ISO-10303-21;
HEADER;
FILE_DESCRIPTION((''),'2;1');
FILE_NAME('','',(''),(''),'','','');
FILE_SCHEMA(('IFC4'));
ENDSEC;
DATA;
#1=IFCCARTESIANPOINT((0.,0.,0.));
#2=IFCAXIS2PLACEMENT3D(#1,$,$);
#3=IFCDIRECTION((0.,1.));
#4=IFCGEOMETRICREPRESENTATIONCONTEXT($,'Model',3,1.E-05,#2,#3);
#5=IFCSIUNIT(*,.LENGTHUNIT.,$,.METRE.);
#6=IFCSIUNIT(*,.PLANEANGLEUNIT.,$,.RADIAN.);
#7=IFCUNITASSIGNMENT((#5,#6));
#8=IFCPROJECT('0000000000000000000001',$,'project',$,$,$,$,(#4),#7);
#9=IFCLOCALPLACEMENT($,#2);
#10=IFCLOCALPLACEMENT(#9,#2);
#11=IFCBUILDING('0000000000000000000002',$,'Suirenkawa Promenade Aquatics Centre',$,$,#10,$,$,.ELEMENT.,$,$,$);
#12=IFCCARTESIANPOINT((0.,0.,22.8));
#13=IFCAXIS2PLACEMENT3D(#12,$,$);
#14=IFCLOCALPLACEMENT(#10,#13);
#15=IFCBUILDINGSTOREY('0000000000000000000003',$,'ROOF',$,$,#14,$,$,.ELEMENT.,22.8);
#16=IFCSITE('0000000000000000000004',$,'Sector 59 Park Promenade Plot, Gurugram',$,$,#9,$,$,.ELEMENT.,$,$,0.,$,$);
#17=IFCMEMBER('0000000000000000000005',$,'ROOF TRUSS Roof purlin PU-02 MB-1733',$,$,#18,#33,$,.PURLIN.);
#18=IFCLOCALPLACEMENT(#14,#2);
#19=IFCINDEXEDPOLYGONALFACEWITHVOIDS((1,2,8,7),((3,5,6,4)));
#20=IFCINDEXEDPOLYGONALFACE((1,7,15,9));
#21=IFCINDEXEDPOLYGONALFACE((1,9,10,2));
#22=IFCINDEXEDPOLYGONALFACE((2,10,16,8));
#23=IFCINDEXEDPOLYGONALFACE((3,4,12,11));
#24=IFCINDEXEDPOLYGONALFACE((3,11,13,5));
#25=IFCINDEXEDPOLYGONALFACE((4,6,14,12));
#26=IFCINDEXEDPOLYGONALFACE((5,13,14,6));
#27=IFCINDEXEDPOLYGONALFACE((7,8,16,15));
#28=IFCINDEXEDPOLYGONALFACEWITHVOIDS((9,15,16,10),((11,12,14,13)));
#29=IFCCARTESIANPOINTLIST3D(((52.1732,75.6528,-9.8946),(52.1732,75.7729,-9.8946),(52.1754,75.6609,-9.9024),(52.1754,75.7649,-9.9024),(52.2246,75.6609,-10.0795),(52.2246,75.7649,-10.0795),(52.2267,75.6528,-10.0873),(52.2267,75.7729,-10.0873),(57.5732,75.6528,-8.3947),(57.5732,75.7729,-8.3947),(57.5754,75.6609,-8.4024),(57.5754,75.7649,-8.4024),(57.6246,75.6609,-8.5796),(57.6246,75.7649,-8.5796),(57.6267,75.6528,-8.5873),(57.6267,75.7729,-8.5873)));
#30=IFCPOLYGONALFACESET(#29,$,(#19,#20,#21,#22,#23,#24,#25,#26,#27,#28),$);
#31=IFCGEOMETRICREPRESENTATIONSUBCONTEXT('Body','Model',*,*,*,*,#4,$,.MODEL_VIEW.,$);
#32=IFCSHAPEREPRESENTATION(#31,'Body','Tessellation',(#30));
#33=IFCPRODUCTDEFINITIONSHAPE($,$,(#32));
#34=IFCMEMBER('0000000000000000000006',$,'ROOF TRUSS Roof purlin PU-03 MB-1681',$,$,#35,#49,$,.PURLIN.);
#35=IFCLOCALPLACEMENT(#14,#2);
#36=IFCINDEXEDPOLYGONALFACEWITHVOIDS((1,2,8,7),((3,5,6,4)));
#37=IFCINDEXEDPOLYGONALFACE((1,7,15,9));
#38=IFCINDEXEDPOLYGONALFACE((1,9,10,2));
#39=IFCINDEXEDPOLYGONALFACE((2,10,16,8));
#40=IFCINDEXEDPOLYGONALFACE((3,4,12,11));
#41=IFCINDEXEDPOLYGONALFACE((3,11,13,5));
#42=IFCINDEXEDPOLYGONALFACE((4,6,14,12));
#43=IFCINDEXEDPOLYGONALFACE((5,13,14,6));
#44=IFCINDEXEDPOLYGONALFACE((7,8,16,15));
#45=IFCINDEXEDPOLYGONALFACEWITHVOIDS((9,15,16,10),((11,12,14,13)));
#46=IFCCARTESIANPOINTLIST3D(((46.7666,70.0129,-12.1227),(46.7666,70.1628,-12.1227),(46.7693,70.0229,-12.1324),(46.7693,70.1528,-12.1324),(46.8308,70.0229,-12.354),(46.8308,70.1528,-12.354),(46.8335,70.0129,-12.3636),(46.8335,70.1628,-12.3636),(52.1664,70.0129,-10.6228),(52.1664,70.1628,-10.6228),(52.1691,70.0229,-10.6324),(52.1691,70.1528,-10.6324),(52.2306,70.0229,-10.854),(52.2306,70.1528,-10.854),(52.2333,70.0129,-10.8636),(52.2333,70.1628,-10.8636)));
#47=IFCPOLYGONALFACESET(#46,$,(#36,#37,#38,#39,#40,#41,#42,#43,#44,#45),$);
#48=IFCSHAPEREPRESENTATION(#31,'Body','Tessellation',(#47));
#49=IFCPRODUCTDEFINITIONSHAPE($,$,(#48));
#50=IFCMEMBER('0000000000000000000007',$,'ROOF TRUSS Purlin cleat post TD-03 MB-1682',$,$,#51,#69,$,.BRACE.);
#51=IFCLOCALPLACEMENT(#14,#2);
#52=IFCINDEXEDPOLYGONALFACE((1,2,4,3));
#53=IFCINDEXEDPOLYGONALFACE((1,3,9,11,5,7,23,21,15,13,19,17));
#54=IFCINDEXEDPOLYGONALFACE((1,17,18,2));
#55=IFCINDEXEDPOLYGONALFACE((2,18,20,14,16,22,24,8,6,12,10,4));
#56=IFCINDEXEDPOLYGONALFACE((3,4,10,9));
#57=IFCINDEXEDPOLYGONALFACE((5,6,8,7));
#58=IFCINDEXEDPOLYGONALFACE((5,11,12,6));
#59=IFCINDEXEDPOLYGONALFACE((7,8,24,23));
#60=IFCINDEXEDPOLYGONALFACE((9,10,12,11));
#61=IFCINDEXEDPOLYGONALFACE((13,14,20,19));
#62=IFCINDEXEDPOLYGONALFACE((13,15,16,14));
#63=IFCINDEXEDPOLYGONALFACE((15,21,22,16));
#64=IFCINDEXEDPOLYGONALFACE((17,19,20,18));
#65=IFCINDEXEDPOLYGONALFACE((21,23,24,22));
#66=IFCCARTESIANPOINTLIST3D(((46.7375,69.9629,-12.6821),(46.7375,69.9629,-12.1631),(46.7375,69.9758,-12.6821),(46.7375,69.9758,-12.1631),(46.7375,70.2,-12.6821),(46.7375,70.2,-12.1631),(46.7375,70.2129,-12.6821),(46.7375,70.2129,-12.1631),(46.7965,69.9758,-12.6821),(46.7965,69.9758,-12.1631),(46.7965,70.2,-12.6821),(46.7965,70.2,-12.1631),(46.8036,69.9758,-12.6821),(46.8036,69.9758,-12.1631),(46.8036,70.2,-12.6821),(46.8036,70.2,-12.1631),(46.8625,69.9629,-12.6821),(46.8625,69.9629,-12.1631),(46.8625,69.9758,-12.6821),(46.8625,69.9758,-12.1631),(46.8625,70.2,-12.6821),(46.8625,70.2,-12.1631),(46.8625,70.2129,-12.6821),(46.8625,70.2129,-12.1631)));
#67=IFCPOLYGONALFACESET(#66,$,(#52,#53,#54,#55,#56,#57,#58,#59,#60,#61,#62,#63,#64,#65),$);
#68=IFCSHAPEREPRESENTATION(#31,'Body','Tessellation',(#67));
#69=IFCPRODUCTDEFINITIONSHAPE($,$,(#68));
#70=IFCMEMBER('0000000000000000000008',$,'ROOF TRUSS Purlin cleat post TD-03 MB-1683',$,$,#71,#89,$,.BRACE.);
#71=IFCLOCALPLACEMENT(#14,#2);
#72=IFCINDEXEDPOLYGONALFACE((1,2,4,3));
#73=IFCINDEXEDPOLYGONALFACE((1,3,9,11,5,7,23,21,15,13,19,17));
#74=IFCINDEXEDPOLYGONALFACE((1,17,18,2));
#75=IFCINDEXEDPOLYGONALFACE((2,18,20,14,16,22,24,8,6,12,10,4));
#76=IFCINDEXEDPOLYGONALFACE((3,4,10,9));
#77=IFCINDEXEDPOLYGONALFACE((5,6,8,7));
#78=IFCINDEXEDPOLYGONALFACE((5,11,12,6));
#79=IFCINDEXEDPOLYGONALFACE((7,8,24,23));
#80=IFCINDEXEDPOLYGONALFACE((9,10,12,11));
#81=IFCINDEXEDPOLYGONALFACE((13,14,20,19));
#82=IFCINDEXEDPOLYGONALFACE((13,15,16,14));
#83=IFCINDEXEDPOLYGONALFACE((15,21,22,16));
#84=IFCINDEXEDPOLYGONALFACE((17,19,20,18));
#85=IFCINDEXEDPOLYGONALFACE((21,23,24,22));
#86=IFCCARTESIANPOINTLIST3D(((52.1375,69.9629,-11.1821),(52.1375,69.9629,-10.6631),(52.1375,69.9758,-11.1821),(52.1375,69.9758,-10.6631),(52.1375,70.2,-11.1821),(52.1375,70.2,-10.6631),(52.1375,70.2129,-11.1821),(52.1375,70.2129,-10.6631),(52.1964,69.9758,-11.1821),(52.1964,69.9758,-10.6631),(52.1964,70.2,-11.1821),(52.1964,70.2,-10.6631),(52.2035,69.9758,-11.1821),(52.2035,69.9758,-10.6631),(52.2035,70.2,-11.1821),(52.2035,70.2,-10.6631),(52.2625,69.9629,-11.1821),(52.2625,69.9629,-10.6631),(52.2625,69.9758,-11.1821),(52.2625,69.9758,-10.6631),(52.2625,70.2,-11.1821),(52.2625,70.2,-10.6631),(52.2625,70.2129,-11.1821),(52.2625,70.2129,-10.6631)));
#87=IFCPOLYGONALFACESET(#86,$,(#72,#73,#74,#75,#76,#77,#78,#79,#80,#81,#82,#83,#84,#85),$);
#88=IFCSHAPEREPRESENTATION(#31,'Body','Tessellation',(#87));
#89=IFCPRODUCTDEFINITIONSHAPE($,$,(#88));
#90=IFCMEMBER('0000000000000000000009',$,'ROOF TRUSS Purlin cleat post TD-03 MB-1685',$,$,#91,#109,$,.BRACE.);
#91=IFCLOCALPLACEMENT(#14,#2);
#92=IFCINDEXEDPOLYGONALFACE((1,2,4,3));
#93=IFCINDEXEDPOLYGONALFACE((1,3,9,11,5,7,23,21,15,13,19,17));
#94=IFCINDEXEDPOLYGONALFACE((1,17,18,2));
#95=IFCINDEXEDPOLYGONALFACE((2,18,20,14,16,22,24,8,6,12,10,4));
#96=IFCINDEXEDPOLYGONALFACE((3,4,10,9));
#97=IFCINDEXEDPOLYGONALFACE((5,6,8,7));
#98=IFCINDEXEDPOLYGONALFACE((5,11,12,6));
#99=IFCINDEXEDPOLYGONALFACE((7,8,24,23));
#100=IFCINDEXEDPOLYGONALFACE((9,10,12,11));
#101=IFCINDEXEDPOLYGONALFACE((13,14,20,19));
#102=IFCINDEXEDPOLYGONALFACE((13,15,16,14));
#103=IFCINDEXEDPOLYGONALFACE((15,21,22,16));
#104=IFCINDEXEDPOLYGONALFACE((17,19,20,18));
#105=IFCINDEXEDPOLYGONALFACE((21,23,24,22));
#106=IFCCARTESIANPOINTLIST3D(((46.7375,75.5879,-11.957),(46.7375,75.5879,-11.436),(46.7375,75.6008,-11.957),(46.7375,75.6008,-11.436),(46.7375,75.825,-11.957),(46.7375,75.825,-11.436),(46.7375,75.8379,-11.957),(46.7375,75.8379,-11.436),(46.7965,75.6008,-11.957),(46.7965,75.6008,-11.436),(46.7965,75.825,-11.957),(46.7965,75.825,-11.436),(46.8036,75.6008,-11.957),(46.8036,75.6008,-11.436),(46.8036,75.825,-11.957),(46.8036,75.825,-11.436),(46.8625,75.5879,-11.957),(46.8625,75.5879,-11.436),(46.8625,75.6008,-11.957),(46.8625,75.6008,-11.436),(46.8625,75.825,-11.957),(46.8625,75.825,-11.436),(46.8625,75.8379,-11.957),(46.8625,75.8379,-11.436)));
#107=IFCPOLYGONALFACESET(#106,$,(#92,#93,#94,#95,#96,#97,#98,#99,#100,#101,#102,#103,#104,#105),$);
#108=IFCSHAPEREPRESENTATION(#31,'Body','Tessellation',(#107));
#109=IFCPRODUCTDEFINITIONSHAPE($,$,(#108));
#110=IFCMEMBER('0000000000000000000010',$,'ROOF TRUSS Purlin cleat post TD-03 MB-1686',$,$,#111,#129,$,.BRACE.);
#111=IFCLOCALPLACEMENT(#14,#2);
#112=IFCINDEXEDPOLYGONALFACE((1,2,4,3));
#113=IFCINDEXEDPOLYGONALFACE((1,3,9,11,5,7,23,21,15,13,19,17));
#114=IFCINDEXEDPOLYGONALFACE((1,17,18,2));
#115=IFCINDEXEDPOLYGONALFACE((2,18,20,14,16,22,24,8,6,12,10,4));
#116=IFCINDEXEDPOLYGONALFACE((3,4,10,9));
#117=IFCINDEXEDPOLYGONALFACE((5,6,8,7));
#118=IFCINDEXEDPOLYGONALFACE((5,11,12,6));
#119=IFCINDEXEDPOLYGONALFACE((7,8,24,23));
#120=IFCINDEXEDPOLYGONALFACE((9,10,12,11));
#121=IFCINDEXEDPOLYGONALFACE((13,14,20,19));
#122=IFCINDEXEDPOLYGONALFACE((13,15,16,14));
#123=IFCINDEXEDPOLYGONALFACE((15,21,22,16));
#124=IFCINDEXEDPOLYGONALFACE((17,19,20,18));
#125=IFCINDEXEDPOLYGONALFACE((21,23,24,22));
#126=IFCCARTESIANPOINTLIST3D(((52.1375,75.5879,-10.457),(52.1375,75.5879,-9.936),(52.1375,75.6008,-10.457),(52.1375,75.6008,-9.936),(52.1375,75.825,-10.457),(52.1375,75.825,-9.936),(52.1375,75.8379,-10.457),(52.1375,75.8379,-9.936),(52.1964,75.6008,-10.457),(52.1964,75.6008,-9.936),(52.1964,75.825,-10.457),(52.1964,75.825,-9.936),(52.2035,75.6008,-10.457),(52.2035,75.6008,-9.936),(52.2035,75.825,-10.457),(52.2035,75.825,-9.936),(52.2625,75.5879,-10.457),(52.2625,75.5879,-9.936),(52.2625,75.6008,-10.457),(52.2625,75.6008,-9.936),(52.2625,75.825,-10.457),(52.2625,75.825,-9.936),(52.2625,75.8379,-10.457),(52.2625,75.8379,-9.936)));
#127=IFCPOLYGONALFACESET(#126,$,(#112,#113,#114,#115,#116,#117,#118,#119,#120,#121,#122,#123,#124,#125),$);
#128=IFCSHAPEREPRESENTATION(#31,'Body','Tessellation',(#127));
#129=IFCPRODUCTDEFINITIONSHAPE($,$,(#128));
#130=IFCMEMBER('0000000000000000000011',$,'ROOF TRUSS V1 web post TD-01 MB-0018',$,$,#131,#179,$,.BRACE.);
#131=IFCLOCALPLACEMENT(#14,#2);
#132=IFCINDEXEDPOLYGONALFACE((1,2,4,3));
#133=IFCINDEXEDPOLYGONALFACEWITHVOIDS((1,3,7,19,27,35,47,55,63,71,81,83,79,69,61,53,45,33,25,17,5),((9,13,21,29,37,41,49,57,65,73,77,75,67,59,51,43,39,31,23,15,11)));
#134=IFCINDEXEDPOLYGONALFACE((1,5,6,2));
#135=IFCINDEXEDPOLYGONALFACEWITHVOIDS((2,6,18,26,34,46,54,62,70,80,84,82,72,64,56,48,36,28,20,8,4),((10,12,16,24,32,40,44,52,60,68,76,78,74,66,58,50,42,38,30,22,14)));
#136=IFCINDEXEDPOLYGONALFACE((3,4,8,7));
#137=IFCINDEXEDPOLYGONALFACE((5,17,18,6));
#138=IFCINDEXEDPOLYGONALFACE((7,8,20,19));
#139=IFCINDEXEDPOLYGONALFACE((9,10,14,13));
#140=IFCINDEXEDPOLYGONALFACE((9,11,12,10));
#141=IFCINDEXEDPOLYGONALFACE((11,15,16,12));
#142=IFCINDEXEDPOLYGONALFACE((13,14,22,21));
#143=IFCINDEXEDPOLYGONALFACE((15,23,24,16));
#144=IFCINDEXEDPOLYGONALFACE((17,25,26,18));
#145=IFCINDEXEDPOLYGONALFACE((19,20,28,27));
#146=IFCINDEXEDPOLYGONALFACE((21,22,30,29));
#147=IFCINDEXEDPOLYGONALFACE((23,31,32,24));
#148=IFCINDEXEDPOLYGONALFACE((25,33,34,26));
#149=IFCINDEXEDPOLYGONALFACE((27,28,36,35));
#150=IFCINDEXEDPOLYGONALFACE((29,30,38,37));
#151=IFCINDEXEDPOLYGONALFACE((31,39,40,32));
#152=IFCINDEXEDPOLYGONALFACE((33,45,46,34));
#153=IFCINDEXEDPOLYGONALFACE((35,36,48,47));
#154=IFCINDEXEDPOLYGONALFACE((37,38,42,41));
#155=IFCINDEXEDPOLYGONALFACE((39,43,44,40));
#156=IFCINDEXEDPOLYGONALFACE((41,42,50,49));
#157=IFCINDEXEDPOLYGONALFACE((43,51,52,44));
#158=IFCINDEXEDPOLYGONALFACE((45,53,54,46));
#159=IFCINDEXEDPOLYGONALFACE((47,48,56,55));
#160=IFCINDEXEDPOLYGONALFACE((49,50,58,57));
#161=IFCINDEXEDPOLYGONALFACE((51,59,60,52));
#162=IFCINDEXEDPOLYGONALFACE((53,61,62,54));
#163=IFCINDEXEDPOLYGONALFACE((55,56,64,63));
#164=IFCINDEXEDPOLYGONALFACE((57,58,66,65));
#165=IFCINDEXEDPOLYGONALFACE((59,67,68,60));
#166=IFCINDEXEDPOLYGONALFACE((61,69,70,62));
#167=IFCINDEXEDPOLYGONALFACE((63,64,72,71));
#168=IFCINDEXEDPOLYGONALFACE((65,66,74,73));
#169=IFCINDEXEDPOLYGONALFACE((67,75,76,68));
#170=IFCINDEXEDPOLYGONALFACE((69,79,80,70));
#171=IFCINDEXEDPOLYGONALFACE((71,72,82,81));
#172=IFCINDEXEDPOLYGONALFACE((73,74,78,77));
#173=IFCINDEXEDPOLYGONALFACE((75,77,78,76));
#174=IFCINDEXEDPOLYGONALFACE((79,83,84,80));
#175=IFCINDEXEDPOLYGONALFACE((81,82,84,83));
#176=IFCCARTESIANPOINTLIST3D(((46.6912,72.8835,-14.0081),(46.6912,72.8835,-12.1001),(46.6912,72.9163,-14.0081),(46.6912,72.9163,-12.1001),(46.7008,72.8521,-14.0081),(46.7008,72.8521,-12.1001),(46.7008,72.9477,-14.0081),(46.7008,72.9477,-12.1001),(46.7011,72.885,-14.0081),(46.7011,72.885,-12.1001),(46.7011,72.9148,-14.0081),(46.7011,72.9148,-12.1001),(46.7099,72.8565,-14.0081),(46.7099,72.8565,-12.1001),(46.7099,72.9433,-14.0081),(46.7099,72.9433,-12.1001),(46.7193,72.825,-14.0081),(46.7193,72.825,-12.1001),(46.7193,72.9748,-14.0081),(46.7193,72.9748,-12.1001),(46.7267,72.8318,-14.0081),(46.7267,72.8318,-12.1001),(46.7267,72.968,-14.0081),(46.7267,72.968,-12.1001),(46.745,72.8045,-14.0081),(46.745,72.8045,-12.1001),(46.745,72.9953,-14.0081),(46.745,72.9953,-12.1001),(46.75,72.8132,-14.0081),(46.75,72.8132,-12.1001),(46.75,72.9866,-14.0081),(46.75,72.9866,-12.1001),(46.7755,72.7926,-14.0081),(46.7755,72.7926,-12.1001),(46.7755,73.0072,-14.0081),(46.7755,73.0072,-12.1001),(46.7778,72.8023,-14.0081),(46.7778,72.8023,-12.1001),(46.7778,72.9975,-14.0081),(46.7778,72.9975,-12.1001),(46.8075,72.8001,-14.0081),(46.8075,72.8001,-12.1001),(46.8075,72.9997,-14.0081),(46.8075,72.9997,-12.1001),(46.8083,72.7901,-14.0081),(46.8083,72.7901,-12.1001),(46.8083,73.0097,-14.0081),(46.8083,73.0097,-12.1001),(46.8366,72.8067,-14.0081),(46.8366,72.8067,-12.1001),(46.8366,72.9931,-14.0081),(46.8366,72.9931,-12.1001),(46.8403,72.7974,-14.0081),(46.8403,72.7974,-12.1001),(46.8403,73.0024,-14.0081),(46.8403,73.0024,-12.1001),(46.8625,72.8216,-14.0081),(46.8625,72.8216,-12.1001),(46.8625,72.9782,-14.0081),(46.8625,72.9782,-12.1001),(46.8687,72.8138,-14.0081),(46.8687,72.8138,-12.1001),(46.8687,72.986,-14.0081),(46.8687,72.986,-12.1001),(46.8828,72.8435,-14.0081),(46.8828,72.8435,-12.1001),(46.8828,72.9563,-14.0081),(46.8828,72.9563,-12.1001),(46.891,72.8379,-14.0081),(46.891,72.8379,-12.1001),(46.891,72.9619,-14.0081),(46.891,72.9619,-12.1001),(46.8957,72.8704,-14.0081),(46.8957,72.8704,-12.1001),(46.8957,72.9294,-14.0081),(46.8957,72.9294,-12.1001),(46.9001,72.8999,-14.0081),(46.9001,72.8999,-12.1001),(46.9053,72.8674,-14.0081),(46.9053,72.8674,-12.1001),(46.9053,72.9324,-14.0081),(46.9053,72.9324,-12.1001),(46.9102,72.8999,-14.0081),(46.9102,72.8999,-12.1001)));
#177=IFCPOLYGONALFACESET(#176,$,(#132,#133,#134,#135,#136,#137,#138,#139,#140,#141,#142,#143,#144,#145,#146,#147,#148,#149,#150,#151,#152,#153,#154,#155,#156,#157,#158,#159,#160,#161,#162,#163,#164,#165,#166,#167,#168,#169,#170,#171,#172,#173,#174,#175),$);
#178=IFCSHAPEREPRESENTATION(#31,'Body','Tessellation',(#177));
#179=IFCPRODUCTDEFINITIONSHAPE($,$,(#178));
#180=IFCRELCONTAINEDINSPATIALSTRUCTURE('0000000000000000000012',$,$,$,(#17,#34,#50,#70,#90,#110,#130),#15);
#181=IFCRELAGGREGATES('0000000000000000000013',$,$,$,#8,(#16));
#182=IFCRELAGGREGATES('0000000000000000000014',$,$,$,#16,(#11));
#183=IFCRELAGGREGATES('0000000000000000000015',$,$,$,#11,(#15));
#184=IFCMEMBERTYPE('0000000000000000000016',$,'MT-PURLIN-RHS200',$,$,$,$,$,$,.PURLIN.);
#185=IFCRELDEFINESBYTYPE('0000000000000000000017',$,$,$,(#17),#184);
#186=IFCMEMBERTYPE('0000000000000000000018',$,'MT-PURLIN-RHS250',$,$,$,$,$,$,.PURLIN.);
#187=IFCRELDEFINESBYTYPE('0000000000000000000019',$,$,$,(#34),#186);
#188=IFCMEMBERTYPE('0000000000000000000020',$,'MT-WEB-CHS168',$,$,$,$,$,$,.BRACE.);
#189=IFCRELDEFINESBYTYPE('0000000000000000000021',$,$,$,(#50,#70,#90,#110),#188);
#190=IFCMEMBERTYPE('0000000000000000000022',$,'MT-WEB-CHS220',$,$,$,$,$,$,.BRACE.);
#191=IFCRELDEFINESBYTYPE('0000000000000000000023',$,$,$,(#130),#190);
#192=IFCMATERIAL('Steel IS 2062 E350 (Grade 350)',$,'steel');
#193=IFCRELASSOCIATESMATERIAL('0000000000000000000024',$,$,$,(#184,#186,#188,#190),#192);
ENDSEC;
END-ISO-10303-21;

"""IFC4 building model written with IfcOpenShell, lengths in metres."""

from ifc_helpers import new_model, si_unit, direction, frame, origin, origin_2d, place, context, subcontext, project, spatial, hollow_rectangle, hollow_circle, i_section, extrude, material, material_profile, profile_set, type_object, element, save


model = new_model("IFC4")

# Units and contexts
model_context = context("Model", 3, precision=1e-05, world=origin(), true_north=direction((0.0, 1.0)))
body_context = subcontext(model_context, "Body", "Model", "MODEL_VIEW")
ifc_project = project(units=[si_unit("LENGTHUNIT", "METRE"), si_unit("PLANEANGLEUNIT", "RADIAN")], contexts=[model_context])

# Site, building, storey
site_placement = place(None, origin())
site = spatial("IfcSite", under=ifc_project, at=site_placement, Name="Sector 59 Park Promenade Plot, Gurugram", CompositionType="ELEMENT", RefElevation=0.0)
building_placement = place(site_placement, origin())
building = spatial("IfcBuilding", under=site, at=building_placement, Name="Suirenkawa Promenade Aquatics Centre", CompositionType="ELEMENT")
storey_placement = place(building_placement, frame((0.0, 0.0, 22.8)))
storey = spatial("IfcBuildingStorey", under=building, at=storey_placement, Name="ROOF", CompositionType="ELEMENT", Elevation=22.8)

# Shared definitions
ifc_material = material(Name="Steel IS 2062 E350 (Grade 350)", Category="steel")

# Members
ifc_material_profile_1 = material_profile(ifc_material, hollow_rectangle(XDim=0.1201, YDim=0.2, WallThickness=0.0081, at=origin_2d()), Name="RHS 200x120x8", Category="steel")
ifc_profile_set_1 = profile_set([ifc_material_profile_1], Name="Steel IS 2062 E350 (Grade 350)")
member_type_1 = type_object("IfcMemberType", Name="MT-PURLIN-RHS200", PredefinedType="PURLIN", material=ifc_profile_set_1)
member_1_placement = place(storey_placement, frame((52.2, 75.7129, -9.991), z_axis=(0.96352, 0.0, 0.267637), x_axis=(0.0, 1.0, 0.0)))
element("IfcMember", 1, at=member_1_placement, inside=storey, type_object=member_type_1, Name="ROOF TRUSS Roof purlin PU-02 MB-1733", PredefinedType="PURLIN", context=body_context, shape_type="SweptSolid", body=[
    extrude(hollow_rectangle(XDim=0.1201, YDim=0.2, WallThickness=0.0081, at=origin_2d()), origin(), (0.0, 0.0, 1.0), 5.6045),
])
ifc_material_profile_2 = material_profile(ifc_material, hollow_rectangle(XDim=0.1499, YDim=0.25, WallThickness=0.01, at=origin_2d()), Name="RHS 250x150x10", Category="steel")
ifc_profile_set_2 = profile_set([ifc_material_profile_2], Name="Steel IS 2062 E350 (Grade 350)")
member_type_2 = type_object("IfcMemberType", Name="MT-PURLIN-RHS250", PredefinedType="PURLIN", material=ifc_profile_set_2)
member_2_placement = place(storey_placement, frame((46.8, 70.0879, -12.2432), z_axis=(0.963517, 0.0, 0.267648), x_axis=(0.0, 1.0, 0.0)))
element("IfcMember", 2, at=member_2_placement, inside=storey, type_object=member_type_2, Name="ROOF TRUSS Roof purlin PU-03 MB-1681", PredefinedType="PURLIN", context=body_context, shape_type="SweptSolid", body=[
    extrude(hollow_rectangle(XDim=0.1499, YDim=0.25, WallThickness=0.01, at=origin_2d()), origin(), (0.0, 0.0, 1.0), 5.6042),
])
ifc_material_profile_3 = material_profile(ifc_material, i_section(OverallWidth=0.125, OverallDepth=0.25, WebThickness=0.0071, FlangeThickness=0.0129, at=origin_2d()), Name="ISMB 250", Category="steel")
ifc_profile_set_3 = profile_set([ifc_material_profile_3], Name="Steel IS 2062 E350 (Grade 350)")
member_type_3 = type_object("IfcMemberType", Name="MT-WEB-CHS168", PredefinedType="BRACE", material=ifc_profile_set_3)
for number, where, z_axis, x_axis, name in (
    (3, (46.8, 70.0879, -12.6821), (0.0, 0.0, 1.0), (1.0, 0.0, 0.0), "ROOF TRUSS Purlin cleat post TD-03 MB-1682"),
    (4, (52.2, 70.0879, -11.1821), (0.0, 0.0, 1.0), (1.0, 0.0, 0.0), "ROOF TRUSS Purlin cleat post TD-03 MB-1683"),
):
    element("IfcMember", number, at=place(storey_placement, frame(where, z_axis=z_axis, x_axis=x_axis)), inside=storey, type_object=member_type_3, Name=name, PredefinedType="BRACE", context=body_context, shape_type="SweptSolid", body=[
        extrude(i_section(OverallWidth=0.125, OverallDepth=0.25, WebThickness=0.0071, FlangeThickness=0.0129, at=origin_2d()), origin(), (0.0, 0.0, 1.0), 0.519),
    ])
for number, where, z_axis, x_axis, name in (
    (5, (46.8, 75.7129, -11.957), (0.0, 0.0, 1.0), (1.0, 0.0, 0.0), "ROOF TRUSS Purlin cleat post TD-03 MB-1685"),
    (6, (52.2, 75.7129, -10.457), (0.0, 0.0, 1.0), (1.0, 0.0, 0.0), "ROOF TRUSS Purlin cleat post TD-03 MB-1686"),
):
    element("IfcMember", number, at=place(storey_placement, frame(where, z_axis=z_axis, x_axis=x_axis)), inside=storey, type_object=member_type_3, Name=name, PredefinedType="BRACE", context=body_context, shape_type="SweptSolid", body=[
        extrude(i_section(OverallWidth=0.125, OverallDepth=0.25, WebThickness=0.0071, FlangeThickness=0.0129, at=origin_2d()), origin(), (0.0, 0.0, 1.0), 0.521),
    ])
ifc_material_profile_4 = material_profile(ifc_material, hollow_circle(Radius=0.1101, WallThickness=0.01, at=origin_2d()), Name="CHS 220x10", Category="steel")
ifc_profile_set_4 = profile_set([ifc_material_profile_4], Name="Steel IS 2062 E350 (Grade 350)")
member_type_4 = type_object("IfcMemberType", Name="MT-WEB-CHS220", PredefinedType="BRACE", material=ifc_profile_set_4)
member_3_placement = place(storey_placement, frame((46.8, 72.8999, -14.0081), z_axis=(0.0, 0.0, 1.0), x_axis=(1.0, 0.0, 0.0)))
element("IfcMember", 7, at=member_3_placement, inside=storey, type_object=member_type_4, Name="ROOF TRUSS V1 web post TD-01 MB-0018", PredefinedType="BRACE", context=body_context, shape_type="SweptSolid", body=[
    extrude(hollow_circle(Radius=0.1101, WallThickness=0.01, at=origin_2d()), origin(), (0.0, 0.0, 1.0), 1.908),
])

save(model, "model.ifc")
